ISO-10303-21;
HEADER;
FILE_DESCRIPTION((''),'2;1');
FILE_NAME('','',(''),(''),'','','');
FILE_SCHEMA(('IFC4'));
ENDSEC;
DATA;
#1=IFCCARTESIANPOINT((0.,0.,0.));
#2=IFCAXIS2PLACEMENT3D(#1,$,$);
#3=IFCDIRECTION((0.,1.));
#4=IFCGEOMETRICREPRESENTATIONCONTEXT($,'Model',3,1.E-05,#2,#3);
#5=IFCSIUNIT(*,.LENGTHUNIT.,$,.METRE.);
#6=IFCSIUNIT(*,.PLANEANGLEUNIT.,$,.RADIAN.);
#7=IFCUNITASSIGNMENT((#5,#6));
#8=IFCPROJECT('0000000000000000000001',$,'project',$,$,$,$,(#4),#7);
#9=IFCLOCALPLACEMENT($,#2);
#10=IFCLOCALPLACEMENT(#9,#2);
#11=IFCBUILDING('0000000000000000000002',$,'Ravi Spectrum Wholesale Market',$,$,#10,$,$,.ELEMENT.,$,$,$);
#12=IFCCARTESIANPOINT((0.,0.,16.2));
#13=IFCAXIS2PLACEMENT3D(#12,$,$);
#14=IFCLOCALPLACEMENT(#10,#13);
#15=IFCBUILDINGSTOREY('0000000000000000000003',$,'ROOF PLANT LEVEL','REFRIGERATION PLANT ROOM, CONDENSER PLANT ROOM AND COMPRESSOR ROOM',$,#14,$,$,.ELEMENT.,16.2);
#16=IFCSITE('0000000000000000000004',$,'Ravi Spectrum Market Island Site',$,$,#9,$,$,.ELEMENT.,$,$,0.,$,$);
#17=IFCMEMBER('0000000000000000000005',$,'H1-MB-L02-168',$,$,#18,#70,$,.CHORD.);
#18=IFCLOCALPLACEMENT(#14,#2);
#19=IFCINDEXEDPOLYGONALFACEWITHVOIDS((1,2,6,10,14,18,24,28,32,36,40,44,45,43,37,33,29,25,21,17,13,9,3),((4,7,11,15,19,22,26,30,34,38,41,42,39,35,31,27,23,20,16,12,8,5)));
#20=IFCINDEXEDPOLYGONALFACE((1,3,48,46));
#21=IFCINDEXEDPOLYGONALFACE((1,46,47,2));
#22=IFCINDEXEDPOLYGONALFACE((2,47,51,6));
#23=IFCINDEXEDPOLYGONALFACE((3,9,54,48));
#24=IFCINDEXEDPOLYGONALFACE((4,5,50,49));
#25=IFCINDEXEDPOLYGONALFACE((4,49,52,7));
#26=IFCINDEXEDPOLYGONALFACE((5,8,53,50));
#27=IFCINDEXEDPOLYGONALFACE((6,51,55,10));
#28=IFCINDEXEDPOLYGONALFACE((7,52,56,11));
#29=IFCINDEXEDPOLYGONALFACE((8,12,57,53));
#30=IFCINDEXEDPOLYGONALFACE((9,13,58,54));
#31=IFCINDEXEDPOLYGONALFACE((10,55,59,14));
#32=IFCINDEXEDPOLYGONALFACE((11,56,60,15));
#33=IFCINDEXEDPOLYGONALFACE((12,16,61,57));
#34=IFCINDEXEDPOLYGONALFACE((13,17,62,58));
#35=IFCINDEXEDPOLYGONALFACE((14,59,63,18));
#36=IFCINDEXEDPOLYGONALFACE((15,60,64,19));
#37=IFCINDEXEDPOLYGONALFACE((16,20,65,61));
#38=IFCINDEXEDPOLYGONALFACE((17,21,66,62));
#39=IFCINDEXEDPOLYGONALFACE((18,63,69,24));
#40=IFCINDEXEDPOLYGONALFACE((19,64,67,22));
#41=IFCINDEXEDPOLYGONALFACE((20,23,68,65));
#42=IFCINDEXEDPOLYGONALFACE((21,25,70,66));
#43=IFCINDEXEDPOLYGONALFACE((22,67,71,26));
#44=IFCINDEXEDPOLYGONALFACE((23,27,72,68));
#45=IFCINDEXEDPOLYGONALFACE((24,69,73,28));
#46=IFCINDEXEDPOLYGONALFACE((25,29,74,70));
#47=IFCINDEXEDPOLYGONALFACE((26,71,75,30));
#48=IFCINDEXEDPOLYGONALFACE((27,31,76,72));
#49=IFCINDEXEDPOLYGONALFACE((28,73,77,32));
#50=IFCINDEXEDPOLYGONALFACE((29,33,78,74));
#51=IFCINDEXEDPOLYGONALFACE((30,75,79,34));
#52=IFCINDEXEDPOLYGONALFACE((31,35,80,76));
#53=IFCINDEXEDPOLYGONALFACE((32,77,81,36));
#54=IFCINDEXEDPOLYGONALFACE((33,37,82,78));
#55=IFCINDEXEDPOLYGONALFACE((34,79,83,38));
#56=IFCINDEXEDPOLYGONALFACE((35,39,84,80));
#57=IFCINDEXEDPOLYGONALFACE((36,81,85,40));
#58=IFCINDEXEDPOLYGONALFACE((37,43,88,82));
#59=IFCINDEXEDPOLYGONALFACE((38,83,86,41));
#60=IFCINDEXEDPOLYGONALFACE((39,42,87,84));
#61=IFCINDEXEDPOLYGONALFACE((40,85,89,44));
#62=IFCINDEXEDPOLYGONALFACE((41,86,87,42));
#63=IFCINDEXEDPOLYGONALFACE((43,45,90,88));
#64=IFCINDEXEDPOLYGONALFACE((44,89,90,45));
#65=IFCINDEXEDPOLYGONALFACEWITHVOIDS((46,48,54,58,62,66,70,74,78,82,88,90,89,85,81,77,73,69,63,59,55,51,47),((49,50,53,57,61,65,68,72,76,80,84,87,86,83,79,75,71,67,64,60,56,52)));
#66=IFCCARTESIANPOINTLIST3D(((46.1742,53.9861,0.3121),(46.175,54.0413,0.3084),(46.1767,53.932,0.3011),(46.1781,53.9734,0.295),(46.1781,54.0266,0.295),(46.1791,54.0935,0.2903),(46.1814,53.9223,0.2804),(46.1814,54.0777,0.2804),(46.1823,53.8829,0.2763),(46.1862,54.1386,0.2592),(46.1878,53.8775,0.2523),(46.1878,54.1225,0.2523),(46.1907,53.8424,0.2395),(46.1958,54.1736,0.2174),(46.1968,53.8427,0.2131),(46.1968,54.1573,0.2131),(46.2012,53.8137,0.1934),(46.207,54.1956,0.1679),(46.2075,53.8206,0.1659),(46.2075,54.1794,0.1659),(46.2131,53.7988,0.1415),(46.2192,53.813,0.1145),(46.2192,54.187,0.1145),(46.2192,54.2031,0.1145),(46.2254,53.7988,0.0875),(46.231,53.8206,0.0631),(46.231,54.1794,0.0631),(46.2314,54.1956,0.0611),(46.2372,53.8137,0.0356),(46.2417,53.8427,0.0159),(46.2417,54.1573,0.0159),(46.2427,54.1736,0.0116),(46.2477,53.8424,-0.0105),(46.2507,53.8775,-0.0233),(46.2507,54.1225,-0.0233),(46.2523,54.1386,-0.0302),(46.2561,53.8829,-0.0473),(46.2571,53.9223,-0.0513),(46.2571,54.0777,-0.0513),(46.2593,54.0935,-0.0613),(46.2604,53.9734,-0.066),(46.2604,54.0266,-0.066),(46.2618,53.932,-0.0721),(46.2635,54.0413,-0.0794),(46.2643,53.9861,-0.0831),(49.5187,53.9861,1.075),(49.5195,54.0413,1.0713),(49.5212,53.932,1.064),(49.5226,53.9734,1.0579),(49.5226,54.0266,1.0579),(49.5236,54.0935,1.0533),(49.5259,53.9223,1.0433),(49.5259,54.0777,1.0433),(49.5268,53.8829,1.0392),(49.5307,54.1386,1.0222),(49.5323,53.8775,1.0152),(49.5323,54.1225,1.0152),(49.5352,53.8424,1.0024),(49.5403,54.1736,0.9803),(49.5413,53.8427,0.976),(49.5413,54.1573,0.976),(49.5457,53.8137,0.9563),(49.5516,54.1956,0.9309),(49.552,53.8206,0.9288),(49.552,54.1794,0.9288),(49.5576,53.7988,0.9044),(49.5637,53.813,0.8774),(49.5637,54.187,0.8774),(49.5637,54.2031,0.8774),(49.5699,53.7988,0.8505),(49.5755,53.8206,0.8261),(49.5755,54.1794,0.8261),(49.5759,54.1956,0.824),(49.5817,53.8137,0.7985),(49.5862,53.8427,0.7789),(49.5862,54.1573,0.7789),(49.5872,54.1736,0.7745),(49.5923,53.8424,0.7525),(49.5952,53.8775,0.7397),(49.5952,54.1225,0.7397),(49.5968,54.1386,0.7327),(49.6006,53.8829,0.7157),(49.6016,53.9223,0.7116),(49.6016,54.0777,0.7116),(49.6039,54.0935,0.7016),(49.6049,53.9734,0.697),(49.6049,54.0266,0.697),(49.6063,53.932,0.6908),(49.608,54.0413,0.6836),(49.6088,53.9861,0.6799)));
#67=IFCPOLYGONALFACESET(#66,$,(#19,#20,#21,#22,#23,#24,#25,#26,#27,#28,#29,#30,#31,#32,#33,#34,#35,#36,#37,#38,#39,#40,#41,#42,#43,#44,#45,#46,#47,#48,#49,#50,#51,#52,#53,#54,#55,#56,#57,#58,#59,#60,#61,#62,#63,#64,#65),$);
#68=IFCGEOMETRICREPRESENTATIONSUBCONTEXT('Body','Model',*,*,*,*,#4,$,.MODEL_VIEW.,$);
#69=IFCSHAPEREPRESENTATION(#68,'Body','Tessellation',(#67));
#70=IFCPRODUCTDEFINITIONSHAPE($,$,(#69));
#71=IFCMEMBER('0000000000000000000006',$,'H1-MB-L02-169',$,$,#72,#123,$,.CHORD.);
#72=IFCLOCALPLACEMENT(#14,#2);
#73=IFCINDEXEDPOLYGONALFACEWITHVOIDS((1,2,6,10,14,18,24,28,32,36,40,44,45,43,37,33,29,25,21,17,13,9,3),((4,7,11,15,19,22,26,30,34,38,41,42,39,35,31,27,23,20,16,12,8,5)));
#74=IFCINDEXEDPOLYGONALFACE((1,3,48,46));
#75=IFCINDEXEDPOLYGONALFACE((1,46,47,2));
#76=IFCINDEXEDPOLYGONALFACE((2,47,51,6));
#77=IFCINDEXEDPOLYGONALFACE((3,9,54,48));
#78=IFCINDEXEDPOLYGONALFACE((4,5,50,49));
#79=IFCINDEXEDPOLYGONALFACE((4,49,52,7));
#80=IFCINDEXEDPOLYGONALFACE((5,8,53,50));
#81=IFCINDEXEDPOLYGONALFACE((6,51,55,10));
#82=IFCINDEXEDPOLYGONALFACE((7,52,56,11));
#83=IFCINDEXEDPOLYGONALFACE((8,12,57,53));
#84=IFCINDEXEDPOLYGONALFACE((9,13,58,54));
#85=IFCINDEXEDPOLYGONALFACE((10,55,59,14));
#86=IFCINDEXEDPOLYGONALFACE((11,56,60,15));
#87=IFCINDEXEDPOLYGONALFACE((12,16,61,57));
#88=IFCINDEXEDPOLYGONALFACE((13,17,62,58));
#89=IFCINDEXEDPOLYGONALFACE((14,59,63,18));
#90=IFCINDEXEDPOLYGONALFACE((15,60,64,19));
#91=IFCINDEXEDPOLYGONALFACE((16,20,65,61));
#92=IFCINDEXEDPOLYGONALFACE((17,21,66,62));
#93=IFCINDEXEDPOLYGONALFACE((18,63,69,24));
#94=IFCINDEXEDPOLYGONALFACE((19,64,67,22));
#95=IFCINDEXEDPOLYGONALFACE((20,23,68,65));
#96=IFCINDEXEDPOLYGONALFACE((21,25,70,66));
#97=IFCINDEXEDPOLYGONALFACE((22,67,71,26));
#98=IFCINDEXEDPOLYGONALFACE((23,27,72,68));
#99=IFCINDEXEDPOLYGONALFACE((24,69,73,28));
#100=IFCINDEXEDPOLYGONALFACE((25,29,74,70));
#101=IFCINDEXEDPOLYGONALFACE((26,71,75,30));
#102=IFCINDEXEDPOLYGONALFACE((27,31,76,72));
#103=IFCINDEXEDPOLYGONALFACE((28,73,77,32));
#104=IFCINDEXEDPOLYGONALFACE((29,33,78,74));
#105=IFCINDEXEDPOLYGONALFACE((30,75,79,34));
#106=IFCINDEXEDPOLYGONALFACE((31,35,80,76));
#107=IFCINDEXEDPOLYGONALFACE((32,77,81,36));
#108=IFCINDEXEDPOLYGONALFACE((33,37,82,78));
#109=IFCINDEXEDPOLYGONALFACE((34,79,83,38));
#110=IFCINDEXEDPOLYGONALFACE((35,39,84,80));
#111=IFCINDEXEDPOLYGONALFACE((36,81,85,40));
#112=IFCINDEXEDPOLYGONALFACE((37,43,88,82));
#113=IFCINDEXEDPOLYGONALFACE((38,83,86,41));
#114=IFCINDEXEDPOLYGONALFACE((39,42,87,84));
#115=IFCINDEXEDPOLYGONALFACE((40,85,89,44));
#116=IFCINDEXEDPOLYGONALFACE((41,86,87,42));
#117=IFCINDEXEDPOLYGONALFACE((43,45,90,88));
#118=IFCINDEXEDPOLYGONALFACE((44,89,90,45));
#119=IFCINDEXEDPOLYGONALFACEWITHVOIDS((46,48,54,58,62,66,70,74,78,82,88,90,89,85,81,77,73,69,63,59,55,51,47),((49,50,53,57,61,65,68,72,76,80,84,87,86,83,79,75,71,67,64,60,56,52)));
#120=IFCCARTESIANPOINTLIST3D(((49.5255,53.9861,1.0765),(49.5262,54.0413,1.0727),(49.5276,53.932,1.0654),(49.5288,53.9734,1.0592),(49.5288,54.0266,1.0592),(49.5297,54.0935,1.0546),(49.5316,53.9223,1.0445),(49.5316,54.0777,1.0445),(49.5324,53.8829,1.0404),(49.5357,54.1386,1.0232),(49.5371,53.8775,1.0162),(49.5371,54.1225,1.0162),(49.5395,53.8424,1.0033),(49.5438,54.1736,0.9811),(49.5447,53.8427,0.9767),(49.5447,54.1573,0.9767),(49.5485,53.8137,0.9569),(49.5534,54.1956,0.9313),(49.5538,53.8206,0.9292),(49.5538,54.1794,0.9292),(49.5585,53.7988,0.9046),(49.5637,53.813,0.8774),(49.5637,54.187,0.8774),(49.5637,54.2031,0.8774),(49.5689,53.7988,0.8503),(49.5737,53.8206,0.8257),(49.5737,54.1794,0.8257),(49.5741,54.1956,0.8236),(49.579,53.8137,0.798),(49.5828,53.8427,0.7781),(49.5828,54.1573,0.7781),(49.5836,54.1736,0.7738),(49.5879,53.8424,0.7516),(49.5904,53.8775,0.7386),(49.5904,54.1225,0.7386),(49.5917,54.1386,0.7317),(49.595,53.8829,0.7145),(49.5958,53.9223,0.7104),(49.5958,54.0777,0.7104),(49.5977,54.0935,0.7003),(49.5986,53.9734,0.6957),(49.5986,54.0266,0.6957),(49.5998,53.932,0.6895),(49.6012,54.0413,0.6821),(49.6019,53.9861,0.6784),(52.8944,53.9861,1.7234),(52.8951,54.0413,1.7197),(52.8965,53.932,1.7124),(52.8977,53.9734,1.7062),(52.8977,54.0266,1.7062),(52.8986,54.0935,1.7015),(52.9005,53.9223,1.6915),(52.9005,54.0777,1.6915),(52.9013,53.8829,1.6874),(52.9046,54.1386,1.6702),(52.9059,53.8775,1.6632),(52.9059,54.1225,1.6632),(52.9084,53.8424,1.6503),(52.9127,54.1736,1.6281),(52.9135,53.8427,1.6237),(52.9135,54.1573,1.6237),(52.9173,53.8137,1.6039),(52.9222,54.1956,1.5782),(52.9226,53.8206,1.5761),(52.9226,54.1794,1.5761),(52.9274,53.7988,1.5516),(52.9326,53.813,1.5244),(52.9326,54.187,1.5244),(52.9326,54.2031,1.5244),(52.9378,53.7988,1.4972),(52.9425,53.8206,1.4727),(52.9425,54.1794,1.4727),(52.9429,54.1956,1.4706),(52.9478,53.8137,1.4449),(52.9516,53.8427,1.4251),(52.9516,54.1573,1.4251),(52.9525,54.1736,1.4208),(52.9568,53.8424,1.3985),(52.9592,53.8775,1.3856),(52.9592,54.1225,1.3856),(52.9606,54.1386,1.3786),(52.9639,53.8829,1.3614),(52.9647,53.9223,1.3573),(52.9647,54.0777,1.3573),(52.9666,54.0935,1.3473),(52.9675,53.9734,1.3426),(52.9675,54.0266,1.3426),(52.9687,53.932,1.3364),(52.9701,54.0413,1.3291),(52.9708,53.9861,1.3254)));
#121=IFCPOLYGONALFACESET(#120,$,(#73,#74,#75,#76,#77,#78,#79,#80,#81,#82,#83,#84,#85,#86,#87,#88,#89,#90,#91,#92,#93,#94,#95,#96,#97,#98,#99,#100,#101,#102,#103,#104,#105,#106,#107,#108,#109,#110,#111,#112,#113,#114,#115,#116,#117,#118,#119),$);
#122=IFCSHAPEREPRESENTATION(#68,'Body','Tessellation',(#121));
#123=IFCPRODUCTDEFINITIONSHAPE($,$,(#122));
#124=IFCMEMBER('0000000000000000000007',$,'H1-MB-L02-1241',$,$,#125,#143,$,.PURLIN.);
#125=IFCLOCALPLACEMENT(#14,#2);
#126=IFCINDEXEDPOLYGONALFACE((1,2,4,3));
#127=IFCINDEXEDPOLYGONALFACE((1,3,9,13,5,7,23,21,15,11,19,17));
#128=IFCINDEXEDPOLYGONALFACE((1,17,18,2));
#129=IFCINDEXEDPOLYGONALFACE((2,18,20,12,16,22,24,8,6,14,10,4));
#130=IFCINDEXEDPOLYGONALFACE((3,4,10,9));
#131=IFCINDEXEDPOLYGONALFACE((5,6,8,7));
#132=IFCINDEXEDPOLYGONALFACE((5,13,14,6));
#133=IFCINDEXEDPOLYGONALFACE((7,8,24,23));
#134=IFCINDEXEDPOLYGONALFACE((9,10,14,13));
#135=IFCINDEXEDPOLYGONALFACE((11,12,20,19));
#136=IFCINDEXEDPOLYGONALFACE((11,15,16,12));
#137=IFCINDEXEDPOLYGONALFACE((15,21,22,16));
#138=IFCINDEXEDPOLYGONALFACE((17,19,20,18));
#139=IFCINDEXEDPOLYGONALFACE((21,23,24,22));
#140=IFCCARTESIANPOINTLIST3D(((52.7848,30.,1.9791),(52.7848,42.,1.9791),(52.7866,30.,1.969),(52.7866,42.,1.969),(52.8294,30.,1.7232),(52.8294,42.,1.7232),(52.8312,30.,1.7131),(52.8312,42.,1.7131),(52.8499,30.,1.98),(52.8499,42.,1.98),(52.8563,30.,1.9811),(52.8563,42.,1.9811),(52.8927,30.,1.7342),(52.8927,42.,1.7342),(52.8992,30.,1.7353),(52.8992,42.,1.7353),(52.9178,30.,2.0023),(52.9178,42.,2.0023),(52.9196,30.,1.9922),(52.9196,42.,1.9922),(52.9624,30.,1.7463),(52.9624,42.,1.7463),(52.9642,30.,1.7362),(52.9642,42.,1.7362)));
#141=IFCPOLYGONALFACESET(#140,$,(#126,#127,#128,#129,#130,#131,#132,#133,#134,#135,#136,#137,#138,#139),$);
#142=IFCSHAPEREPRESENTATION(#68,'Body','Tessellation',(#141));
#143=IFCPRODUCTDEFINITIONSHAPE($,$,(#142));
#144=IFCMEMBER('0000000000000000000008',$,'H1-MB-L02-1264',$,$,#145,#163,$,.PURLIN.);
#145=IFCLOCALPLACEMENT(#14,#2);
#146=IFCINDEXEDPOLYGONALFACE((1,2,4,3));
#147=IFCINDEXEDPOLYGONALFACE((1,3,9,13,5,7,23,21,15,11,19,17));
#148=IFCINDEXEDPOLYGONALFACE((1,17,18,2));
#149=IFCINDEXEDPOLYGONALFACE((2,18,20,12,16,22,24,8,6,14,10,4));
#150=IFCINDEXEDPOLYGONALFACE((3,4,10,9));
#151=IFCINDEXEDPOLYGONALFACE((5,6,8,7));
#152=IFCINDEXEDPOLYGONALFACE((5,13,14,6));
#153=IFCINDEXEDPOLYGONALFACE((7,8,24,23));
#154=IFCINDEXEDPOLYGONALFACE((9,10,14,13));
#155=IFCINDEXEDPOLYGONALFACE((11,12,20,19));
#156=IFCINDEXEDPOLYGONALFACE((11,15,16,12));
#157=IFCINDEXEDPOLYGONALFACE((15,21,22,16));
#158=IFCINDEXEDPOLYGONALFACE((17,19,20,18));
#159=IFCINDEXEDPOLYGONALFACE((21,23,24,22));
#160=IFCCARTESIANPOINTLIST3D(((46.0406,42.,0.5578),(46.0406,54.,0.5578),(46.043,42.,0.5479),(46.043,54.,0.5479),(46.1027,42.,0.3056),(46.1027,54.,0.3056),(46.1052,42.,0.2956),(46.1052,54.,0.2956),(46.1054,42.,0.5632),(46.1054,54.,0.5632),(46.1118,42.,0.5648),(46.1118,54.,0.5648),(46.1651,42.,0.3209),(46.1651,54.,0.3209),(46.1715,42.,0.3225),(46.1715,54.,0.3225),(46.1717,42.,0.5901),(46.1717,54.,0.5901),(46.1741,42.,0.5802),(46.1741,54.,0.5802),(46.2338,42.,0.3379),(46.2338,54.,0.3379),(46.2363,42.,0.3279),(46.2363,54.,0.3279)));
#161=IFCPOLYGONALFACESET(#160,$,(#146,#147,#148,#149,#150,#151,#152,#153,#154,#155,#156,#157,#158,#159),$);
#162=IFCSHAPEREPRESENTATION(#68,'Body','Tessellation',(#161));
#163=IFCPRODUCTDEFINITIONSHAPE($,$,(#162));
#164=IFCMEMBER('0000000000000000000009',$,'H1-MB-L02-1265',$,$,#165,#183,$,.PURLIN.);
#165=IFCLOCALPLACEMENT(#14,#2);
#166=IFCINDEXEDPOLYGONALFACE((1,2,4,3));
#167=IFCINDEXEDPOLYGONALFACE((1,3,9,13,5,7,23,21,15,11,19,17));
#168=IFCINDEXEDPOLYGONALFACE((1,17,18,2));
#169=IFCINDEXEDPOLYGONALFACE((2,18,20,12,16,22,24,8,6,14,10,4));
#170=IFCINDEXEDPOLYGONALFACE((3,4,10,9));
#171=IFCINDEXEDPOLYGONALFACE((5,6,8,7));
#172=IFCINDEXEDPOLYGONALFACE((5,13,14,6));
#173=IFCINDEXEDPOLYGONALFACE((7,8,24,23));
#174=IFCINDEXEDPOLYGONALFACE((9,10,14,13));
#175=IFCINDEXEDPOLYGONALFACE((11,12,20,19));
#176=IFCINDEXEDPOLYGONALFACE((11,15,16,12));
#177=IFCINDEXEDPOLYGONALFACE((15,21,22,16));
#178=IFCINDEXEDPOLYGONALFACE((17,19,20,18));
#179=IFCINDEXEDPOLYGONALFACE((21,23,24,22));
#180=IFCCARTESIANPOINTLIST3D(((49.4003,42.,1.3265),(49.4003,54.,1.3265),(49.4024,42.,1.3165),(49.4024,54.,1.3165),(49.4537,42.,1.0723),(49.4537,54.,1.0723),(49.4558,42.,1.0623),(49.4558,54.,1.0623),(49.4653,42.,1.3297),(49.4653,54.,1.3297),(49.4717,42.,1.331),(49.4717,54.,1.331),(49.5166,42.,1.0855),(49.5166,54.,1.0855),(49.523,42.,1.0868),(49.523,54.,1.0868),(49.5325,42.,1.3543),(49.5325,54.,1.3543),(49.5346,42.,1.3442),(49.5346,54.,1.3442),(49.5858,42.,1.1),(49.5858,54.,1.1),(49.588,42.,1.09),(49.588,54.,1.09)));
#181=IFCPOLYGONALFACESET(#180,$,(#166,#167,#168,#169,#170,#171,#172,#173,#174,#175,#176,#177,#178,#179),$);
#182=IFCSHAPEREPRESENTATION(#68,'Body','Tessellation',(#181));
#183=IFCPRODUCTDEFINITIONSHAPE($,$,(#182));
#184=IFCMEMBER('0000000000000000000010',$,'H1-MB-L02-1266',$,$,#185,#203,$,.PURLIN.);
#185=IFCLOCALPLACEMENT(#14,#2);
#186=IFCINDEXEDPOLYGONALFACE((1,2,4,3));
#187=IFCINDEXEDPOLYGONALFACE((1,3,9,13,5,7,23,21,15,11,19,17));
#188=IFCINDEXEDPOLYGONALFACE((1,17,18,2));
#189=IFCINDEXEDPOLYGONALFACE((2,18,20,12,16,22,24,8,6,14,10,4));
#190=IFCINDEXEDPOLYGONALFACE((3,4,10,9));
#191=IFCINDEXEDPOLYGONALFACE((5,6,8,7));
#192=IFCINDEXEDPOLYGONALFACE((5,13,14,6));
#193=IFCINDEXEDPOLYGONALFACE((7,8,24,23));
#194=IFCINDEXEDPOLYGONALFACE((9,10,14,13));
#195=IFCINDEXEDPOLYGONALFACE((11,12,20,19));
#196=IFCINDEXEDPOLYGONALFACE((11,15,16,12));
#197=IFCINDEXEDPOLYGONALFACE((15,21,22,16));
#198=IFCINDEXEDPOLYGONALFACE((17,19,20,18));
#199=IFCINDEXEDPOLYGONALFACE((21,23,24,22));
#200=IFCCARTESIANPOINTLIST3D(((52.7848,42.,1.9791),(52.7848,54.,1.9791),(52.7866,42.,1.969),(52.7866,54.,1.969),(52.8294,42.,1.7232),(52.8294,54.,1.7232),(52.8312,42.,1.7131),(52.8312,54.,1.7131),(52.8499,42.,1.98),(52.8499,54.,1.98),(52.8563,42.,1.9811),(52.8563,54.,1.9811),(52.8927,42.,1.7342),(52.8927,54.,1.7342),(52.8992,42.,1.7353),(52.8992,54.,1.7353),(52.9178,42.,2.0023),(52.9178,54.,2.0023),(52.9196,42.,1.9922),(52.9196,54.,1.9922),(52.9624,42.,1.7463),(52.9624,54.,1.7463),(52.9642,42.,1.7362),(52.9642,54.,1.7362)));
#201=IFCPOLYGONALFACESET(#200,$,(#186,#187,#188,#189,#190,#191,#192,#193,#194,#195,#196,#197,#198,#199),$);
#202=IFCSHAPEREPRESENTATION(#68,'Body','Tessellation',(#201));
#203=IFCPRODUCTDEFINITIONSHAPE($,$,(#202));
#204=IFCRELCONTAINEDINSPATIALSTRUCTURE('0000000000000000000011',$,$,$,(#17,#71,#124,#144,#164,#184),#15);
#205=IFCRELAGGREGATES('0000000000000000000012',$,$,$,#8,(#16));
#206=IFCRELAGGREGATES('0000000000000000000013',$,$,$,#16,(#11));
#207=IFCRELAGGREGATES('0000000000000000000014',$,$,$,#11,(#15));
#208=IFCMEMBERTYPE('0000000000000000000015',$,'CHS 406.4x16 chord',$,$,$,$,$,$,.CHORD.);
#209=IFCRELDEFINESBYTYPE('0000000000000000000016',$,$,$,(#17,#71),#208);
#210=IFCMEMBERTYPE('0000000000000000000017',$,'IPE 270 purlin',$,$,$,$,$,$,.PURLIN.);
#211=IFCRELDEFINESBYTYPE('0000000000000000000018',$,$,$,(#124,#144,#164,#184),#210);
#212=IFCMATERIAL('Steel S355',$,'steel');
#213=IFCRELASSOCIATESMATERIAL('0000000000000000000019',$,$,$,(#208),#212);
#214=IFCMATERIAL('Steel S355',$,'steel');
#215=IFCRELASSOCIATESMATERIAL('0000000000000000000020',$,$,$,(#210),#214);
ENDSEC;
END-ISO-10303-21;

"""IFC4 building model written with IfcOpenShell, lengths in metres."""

from ifc_helpers import new_model, si_unit, direction, frame, origin, origin_2d, place, context, subcontext, project, spatial, hollow_circle, i_section, extrude, material, material_profile, profile_set, type_object, element, save


model = new_model("IFC4")

# Units and contexts
model_context = context("Model", 3, precision=1e-05, world=origin(), true_north=direction((0.0, 1.0)))
body_context = subcontext(model_context, "Body", "Model", "MODEL_VIEW")
ifc_project = project(units=[si_unit("LENGTHUNIT", "METRE"), si_unit("PLANEANGLEUNIT", "RADIAN")], contexts=[model_context])

# Site, building, storey
site_placement = place(None, origin())
site = spatial("IfcSite", under=ifc_project, at=site_placement, Name="Ravi Spectrum Market Island Site", CompositionType="ELEMENT", RefElevation=0.0)
building_placement = place(site_placement, origin())
building = spatial("IfcBuilding", under=site, at=building_placement, Name="Ravi Spectrum Wholesale Market", CompositionType="ELEMENT")
storey_placement = place(building_placement, frame((0.0, 0.0, 16.2)))
storey = spatial("IfcBuildingStorey", under=building, at=storey_placement, Name="ROOF PLANT LEVEL", Description="REFRIGERATION PLANT ROOM, CONDENSER PLANT ROOM AND COMPRESSOR ROOM", CompositionType="ELEMENT", Elevation=16.2)

# Members
ifc_material_1 = material(Name="Steel S355", Category="steel")
ifc_material_profile_1 = material_profile(ifc_material_1, hollow_circle(Radius=0.2031, WallThickness=0.0161, at=origin_2d()))
ifc_profile_set_1 = profile_set([ifc_material_profile_1], Name="Steel S355")
member_type_1 = type_object("IfcMemberType", Name="CHS 406.4x16 chord", PredefinedType="CHORD", material=ifc_profile_set_1)
for number, where, z_axis, x_axis, name in (
    (1, (46.2192, 54.0, 0.1145), (0.974954, 0.0, 0.222405), (0.0, 1.0, 0.0), "H1-MB-L02-168"),
    (2, (49.5637, 54.0, 0.8774), (0.982055, 0.0, 0.188597), (0.0, 1.0, 0.0), "H1-MB-L02-169"),
):
    element("IfcMember", number, at=place(storey_placement, frame(where, z_axis=z_axis, x_axis=x_axis)), inside=storey, type_object=member_type_1, Name=name, PredefinedType="CHORD", context=body_context, shape_type="SweptSolid", body=[
        extrude(hollow_circle(Radius=0.2031, WallThickness=0.0161, at=origin_2d()), origin(), (0.0, 0.0, 1.0), 3.4304),
    ])
ifc_material_2 = material(Name="Steel S355", Category="steel")
ifc_material_profile_2 = material_profile(ifc_material_2, i_section(OverallWidth=0.135, OverallDepth=0.27, WebThickness=0.0066, FlangeThickness=0.0103, at=origin_2d()))
ifc_profile_set_2 = profile_set([ifc_material_profile_2], Name="Steel S355")
member_type_2 = type_object("IfcMemberType", Name="IPE 270 purlin", PredefinedType="PURLIN", material=ifc_profile_set_2)
for number, where, z_axis, x_axis, name in (
    (3, (52.8745, 30.0, 1.8577), (0.0, 1.0, 0.0), (-0.98516, 0.0, -0.171639), "H1-MB-L02-1241"),
    (4, (46.1384, 42.0, 0.4429), (0.0, 1.0, 0.0), (-0.970983, 0.0, -0.239151), "H1-MB-L02-1264"),
    (5, (49.4941, 42.0, 1.2083), (0.0, 1.0, 0.0), (-0.978653, 0.0, -0.205517), "H1-MB-L02-1265"),
    (6, (52.8745, 42.0, 1.8577), (0.0, 1.0, 0.0), (-0.98516, 0.0, -0.171639), "H1-MB-L02-1266"),
):
    element("IfcMember", number, at=place(storey_placement, frame(where, z_axis=z_axis, x_axis=x_axis)), inside=storey, type_object=member_type_2, Name=name, PredefinedType="PURLIN", context=body_context, shape_type="SweptSolid", body=[
        extrude(i_section(OverallWidth=0.135, OverallDepth=0.27, WebThickness=0.0066, FlangeThickness=0.0103, at=origin_2d()), origin(), (0.0, 0.0, 1.0), 12.0),
    ])

save(model, "model.ifc")
